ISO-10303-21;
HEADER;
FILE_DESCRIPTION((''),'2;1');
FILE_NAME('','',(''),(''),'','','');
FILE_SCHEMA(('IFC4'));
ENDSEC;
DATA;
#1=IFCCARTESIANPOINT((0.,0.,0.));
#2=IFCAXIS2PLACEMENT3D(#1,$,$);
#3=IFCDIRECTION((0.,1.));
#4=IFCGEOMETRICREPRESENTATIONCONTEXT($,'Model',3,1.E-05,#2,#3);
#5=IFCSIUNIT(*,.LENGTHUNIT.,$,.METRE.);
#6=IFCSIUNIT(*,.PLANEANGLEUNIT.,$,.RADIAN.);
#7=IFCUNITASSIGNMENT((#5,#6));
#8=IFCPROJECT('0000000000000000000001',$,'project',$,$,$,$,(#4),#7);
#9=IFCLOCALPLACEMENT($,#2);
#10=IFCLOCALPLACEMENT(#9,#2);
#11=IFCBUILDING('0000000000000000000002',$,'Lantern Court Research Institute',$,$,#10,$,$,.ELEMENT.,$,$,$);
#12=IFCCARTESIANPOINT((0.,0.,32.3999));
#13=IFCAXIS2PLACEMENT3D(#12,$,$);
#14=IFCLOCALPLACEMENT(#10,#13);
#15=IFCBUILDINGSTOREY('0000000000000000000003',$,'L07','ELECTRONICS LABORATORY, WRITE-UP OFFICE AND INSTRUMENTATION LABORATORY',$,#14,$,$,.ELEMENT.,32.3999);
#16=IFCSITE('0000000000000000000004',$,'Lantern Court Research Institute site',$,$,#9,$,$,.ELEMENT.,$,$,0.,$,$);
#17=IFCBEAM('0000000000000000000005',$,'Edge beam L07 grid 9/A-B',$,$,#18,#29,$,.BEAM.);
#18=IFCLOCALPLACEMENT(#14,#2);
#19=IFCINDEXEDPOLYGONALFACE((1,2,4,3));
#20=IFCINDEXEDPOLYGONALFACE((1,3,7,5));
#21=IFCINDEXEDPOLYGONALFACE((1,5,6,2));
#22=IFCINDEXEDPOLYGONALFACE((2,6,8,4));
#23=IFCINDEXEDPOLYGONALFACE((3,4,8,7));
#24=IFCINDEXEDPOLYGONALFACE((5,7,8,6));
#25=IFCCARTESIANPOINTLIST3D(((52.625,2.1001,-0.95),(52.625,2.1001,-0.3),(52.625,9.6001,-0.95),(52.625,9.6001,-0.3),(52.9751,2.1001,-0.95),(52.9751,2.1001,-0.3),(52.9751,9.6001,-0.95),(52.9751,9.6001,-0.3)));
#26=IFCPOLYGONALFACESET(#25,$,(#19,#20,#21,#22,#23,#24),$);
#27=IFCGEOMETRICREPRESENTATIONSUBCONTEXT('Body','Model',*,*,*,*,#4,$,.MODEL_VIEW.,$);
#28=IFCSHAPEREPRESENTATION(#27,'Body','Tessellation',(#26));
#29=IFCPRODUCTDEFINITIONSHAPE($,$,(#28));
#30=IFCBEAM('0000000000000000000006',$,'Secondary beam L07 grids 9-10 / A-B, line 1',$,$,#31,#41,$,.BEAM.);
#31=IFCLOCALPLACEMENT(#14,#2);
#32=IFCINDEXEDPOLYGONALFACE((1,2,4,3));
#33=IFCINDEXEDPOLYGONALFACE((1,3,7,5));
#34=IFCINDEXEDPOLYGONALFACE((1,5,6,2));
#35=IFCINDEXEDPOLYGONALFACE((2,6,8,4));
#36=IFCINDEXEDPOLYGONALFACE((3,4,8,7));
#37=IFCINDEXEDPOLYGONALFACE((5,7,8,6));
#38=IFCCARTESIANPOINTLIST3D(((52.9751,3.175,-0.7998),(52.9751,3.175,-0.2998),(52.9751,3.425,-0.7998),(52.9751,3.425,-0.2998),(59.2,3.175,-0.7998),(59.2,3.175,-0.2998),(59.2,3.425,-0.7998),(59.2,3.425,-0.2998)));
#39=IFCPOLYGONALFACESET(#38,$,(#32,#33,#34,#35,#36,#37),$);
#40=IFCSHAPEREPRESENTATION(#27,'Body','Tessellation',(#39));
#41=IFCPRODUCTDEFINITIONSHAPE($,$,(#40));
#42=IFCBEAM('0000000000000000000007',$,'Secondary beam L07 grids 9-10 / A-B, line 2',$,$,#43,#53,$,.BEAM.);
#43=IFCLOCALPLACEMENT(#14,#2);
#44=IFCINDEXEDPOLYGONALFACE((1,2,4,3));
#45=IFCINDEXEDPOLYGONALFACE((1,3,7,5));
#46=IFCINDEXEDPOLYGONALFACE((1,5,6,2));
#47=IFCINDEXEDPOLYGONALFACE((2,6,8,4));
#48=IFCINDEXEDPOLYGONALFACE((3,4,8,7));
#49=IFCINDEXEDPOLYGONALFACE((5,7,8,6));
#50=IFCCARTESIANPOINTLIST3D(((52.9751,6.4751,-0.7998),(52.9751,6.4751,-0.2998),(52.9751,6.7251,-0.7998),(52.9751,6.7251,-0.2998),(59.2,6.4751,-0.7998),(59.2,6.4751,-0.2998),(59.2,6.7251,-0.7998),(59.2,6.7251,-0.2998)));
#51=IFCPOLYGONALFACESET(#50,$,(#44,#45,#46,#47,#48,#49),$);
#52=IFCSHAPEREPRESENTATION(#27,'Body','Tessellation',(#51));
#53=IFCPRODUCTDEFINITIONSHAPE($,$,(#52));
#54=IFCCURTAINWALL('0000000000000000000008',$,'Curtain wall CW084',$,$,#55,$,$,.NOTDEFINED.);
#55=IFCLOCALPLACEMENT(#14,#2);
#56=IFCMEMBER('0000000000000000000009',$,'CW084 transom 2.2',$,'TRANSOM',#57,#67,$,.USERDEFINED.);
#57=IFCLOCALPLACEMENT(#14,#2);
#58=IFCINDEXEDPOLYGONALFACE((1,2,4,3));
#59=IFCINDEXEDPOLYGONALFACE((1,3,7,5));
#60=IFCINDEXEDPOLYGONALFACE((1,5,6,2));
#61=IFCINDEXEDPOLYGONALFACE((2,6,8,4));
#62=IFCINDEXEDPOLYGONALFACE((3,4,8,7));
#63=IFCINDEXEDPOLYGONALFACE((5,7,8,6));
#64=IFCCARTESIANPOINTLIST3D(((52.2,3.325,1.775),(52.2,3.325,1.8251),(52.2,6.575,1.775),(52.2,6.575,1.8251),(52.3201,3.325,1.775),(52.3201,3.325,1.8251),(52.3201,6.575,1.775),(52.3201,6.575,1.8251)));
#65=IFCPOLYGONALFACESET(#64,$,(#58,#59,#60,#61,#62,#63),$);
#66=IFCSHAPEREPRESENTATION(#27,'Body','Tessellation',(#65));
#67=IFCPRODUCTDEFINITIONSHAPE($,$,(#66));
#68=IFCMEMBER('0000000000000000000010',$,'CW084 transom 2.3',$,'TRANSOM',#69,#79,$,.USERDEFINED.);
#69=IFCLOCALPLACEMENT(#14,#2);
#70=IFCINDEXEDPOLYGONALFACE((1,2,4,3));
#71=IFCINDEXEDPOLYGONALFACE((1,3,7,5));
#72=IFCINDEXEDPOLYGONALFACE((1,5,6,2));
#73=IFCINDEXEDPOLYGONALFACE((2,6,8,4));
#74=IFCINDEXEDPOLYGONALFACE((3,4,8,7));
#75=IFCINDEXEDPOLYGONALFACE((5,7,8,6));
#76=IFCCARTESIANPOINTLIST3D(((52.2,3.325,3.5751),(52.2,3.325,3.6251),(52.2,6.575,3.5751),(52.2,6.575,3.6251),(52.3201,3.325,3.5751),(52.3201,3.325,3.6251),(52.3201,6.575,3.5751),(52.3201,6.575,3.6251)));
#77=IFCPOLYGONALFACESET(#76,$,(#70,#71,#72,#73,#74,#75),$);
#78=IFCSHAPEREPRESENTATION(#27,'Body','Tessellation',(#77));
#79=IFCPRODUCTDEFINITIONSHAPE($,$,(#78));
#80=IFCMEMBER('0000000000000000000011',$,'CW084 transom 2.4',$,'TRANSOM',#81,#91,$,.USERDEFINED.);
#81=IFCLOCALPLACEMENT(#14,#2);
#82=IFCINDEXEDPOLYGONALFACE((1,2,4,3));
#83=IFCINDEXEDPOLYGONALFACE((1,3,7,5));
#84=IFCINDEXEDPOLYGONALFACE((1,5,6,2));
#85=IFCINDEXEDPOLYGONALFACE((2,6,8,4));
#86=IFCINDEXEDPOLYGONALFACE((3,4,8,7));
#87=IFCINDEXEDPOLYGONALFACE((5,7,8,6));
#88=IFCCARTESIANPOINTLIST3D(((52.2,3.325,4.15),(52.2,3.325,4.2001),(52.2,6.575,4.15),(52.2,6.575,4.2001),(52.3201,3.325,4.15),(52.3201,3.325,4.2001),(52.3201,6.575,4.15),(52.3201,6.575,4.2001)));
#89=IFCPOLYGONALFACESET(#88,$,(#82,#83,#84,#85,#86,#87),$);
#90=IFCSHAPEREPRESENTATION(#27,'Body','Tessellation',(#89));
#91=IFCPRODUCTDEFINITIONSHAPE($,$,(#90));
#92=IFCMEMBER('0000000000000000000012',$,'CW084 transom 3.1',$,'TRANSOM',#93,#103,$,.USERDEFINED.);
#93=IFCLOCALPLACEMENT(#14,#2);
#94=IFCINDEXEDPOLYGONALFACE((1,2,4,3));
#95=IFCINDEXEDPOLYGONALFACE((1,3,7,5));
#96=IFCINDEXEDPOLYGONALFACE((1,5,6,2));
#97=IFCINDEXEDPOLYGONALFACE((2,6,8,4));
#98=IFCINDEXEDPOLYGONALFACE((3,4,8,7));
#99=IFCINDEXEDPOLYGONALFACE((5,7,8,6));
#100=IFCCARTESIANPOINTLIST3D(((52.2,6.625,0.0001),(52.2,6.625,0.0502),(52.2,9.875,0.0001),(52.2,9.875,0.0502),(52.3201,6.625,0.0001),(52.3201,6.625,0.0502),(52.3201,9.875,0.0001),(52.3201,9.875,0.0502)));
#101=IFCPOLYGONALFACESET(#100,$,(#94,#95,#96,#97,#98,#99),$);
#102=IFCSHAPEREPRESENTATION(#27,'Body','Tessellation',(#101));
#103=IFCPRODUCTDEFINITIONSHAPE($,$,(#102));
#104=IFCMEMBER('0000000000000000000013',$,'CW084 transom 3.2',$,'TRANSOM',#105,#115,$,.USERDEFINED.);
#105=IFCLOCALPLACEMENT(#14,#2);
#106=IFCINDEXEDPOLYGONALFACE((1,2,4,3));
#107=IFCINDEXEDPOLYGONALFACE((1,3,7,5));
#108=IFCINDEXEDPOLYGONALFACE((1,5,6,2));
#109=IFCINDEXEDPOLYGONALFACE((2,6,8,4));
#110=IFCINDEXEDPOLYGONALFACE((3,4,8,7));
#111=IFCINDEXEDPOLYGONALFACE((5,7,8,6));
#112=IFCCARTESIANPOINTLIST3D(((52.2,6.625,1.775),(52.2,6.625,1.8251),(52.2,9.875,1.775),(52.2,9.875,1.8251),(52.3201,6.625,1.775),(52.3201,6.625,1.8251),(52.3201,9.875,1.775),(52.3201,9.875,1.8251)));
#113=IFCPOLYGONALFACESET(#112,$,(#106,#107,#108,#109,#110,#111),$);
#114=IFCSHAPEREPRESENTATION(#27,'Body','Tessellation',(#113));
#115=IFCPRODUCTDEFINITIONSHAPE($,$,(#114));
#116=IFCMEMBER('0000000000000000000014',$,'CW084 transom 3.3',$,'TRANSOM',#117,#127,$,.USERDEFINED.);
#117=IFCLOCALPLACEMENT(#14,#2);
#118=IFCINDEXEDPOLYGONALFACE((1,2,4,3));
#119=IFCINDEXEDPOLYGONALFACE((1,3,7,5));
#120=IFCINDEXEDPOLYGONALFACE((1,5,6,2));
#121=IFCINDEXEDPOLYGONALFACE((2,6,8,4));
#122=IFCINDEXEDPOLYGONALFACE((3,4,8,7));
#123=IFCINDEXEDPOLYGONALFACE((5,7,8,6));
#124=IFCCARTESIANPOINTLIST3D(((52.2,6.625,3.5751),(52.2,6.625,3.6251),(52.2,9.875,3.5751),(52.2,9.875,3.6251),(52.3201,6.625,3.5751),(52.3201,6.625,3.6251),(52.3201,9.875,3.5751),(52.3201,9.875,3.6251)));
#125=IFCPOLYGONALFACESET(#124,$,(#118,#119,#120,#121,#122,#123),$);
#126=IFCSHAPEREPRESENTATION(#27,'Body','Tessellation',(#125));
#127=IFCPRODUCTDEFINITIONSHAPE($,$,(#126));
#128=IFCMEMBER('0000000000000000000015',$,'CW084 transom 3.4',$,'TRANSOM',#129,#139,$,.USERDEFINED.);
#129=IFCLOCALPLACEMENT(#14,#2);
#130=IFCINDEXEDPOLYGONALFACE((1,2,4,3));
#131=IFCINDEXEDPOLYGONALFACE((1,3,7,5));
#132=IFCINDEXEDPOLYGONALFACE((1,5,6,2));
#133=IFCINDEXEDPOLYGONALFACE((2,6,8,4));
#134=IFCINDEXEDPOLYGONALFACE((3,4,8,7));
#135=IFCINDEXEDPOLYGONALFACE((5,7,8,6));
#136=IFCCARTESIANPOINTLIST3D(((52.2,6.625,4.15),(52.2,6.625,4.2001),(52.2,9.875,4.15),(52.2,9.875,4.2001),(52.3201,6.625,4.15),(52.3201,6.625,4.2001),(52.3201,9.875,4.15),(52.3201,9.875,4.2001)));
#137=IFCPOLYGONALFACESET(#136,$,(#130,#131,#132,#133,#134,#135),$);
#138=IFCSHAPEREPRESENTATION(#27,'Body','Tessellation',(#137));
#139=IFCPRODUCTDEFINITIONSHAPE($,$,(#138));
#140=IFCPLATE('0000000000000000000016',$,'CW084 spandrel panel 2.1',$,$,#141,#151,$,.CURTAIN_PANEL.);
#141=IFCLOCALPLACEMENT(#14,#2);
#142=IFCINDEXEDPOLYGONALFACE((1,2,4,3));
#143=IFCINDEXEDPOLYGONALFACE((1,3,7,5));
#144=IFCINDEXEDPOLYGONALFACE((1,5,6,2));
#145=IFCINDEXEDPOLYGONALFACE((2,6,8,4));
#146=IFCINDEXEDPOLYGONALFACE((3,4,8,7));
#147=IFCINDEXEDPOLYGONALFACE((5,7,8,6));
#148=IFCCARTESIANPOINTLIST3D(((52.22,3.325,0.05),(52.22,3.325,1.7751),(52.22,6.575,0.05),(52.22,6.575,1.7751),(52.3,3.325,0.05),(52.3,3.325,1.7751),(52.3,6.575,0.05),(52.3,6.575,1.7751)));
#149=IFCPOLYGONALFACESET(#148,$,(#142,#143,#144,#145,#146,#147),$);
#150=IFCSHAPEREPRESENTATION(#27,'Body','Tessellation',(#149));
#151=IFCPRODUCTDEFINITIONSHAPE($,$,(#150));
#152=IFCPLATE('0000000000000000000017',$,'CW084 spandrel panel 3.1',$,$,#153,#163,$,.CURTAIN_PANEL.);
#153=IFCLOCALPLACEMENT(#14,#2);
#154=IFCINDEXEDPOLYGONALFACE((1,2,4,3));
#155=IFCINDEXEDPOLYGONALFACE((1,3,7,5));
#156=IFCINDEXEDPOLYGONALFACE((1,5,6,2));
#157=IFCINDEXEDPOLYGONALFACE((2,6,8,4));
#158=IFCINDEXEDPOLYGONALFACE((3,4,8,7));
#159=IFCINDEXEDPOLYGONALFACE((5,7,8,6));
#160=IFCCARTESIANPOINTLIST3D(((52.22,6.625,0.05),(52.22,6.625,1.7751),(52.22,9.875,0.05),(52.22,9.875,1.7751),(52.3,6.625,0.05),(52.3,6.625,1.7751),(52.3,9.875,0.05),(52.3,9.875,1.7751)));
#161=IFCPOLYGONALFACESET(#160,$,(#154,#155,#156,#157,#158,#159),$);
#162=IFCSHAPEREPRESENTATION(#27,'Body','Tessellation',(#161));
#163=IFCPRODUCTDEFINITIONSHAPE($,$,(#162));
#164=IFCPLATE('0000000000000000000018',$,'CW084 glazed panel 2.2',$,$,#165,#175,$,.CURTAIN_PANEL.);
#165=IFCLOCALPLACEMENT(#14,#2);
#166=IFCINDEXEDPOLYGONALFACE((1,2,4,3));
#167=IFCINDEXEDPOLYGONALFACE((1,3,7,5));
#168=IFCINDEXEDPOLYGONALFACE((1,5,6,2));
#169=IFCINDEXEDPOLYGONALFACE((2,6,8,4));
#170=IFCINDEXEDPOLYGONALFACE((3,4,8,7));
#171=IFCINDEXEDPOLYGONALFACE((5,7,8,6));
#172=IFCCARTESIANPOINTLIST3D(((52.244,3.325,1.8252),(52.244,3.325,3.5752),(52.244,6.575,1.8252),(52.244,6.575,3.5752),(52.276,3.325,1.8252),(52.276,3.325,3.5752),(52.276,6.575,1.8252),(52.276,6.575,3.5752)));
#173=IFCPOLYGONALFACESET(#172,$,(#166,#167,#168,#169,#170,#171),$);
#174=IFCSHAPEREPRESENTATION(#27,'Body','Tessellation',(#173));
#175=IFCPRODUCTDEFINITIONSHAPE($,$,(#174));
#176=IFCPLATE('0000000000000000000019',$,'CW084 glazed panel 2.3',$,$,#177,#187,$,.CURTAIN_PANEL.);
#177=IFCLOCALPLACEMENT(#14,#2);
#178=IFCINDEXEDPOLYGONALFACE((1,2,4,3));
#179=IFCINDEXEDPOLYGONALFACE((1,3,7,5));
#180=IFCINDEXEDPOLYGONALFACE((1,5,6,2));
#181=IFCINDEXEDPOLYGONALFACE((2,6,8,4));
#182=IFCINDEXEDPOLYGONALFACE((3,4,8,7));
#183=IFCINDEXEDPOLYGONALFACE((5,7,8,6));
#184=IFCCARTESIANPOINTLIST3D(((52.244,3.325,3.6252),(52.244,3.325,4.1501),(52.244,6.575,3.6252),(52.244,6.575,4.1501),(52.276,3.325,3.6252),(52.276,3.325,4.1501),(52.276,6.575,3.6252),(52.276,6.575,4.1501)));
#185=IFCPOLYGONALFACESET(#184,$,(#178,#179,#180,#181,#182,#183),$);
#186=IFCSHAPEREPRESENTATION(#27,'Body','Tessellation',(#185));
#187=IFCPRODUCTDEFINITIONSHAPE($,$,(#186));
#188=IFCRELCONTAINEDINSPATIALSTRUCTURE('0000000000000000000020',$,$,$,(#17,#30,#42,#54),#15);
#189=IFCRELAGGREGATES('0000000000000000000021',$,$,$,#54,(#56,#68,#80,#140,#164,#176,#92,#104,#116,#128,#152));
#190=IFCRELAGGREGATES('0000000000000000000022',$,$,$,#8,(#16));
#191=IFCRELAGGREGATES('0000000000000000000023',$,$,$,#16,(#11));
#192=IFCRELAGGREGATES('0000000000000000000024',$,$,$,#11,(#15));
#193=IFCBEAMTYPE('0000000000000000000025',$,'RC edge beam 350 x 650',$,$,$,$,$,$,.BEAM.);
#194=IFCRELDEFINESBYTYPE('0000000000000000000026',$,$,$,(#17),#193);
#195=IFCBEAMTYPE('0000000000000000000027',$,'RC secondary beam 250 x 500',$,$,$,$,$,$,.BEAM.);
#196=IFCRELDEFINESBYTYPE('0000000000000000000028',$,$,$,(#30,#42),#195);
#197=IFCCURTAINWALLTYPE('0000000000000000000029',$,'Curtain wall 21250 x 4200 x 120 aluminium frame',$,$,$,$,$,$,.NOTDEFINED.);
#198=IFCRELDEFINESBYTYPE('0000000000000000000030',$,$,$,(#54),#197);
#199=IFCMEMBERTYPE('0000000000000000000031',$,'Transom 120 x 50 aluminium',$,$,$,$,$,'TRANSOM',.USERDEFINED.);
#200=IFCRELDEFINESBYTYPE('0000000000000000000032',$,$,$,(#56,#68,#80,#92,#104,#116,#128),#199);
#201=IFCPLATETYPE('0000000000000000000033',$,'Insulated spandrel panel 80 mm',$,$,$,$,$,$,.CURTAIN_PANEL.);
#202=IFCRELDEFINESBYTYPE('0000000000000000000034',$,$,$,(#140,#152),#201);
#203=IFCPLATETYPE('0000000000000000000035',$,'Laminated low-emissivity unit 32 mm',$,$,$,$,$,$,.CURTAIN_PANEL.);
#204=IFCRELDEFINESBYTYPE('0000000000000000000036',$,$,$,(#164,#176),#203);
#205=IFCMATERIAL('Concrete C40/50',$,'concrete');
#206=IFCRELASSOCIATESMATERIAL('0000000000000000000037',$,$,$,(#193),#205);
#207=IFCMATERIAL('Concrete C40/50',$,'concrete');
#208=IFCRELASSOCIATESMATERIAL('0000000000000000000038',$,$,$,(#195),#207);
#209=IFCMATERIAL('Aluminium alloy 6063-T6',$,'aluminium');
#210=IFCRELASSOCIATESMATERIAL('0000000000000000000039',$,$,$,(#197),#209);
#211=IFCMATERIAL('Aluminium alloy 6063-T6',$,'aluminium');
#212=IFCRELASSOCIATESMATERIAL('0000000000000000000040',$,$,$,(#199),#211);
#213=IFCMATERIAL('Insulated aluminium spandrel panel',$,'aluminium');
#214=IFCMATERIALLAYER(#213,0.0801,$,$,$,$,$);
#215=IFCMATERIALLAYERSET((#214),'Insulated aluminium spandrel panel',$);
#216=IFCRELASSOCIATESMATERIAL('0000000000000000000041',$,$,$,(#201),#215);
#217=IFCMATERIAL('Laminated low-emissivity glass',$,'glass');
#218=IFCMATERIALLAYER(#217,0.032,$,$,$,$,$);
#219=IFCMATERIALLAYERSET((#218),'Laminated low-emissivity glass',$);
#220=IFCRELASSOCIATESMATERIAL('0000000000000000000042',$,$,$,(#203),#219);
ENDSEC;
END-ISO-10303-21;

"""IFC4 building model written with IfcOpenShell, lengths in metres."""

from ifc_helpers import new_model, si_unit, direction, frame, origin, origin_2d, place, context, subcontext, project, spatial, rectangle, extrude, material, layer, layer_set, material_profile, profile_set, type_object, element, aggregate, save


model = new_model("IFC4")

# Units and contexts
model_context = context("Model", 3, precision=1e-05, world=origin(), true_north=direction((0.0, 1.0)))
body_context = subcontext(model_context, "Body", "Model", "MODEL_VIEW")
ifc_project = project(units=[si_unit("LENGTHUNIT", "METRE"), si_unit("PLANEANGLEUNIT", "RADIAN")], contexts=[model_context])

# Site, building, storey
site_placement = place(None, origin())
site = spatial("IfcSite", under=ifc_project, at=site_placement, Name="Lantern Court Research Institute site", CompositionType="ELEMENT", RefElevation=0.0)
building_placement = place(site_placement, origin())
building = spatial("IfcBuilding", under=site, at=building_placement, Name="Lantern Court Research Institute", CompositionType="ELEMENT")
storey_placement = place(building_placement, frame((0.0, 0.0, 32.3999)))
storey = spatial("IfcBuildingStorey", under=building, at=storey_placement, Name="L07", Description="ELECTRONICS LABORATORY, WRITE-UP OFFICE AND INSTRUMENTATION LABORATORY", CompositionType="ELEMENT", Elevation=32.3999)

# Beams
ifc_material_1 = material(Name="Concrete C40/50", Category="concrete")
ifc_material_profile_1 = material_profile(ifc_material_1, rectangle(XDim=0.3501, YDim=0.6499, at=origin_2d()), Name="RC beam 350 x 650")
ifc_profile_set_1 = profile_set([ifc_material_profile_1], Name="Concrete C40/50")
beam_type_1 = type_object("IfcBeamType", Name="RC edge beam 350 x 650", PredefinedType="BEAM", material=ifc_profile_set_1)
beam_placement = place(storey_placement, frame((52.8, 2.1001, -0.625), z_axis=(0.0, 1.0, 0.0), x_axis=(-1.0, 0.0, 0.0)))
element("IfcBeam", 1, at=beam_placement, inside=storey, type_object=beam_type_1, Name="Edge beam L07 grid 9/A-B", PredefinedType="BEAM", context=body_context, shape_type="SweptSolid", body=[
    extrude(rectangle(XDim=0.3501, YDim=0.6499, at=origin_2d()), origin(), (0.0, 0.0, 1.0), 7.5),
])
ifc_material_2 = material(Name="Concrete C40/50", Category="concrete")
ifc_material_profile_2 = material_profile(ifc_material_2, rectangle(XDim=0.25, YDim=0.5, at=origin_2d()), Name="RC beam 250 x 500")
ifc_profile_set_2 = profile_set([ifc_material_profile_2], Name="Concrete C40/50")
beam_type_2 = type_object("IfcBeamType", Name="RC secondary beam 250 x 500", PredefinedType="BEAM", material=ifc_profile_set_2)
for number, where, z_axis, x_axis, name in (
    (2, (52.9751, 3.3, -0.5498), (1.0, 0.0, 0.0), (0.0, 1.0, 0.0), "Secondary beam L07 grids 9-10 / A-B, line 1"),
    (3, (52.9751, 6.6001, -0.5498), (1.0, 0.0, 0.0), (0.0, 1.0, 0.0), "Secondary beam L07 grids 9-10 / A-B, line 2"),
):
    element("IfcBeam", number, at=place(storey_placement, frame(where, z_axis=z_axis, x_axis=x_axis)), inside=storey, type_object=beam_type_2, Name=name, PredefinedType="BEAM", context=body_context, shape_type="SweptSolid", body=[
        extrude(rectangle(XDim=0.25, YDim=0.5, at=origin_2d()), origin(), (0.0, 0.0, 1.0), 6.2249),
    ])

# Curtain wall, members, plates
ifc_material_3 = material(Name="Aluminium alloy 6063-T6", Category="aluminium")
curtain_wall_type = type_object("IfcCurtainWallType", Name="Curtain wall 21250 x 4200 x 120 aluminium frame", PredefinedType="NOTDEFINED", material=ifc_material_3)
curtain_wall_placement = place(storey_placement, origin())
curtain_wall = element("IfcCurtainWall", 4, at=curtain_wall_placement, inside=storey, type_object=curtain_wall_type, Name="Curtain wall CW084", PredefinedType="NOTDEFINED")
ifc_material_4 = material(Name="Aluminium alloy 6063-T6", Category="aluminium")
ifc_material_profile_3 = material_profile(ifc_material_4, rectangle(XDim=0.1201, YDim=0.05, at=origin_2d()), Name="Transom 120 x 50")
ifc_profile_set_3 = profile_set([ifc_material_profile_3], Name="Aluminium alloy 6063-T6")
member_type = type_object("IfcMemberType", Name="Transom 120 x 50 aluminium", ElementType="TRANSOM", PredefinedType="USERDEFINED", material=ifc_profile_set_3)
member_1_placement = place(storey_placement, frame((52.26, 3.325, 1.8), z_axis=(0.0, 1.0, 0.0), x_axis=(-1.0, 0.0, 0.0)))
member_1 = element("IfcMember", 5, at=member_1_placement, type_object=member_type, Name="CW084 transom 2.2", ObjectType="TRANSOM", PredefinedType="USERDEFINED", context=body_context, shape_type="SweptSolid", body=[
    extrude(rectangle(XDim=0.1201, YDim=0.05, at=origin_2d()), origin(), (0.0, 0.0, 1.0), 3.25),
])
member_2_placement = place(storey_placement, frame((52.26, 3.325, 3.6001), z_axis=(0.0, 1.0, 0.0), x_axis=(-1.0, 0.0, 0.0)))
member_2 = element("IfcMember", 6, at=member_2_placement, type_object=member_type, Name="CW084 transom 2.3", ObjectType="TRANSOM", PredefinedType="USERDEFINED", context=body_context, shape_type="SweptSolid", body=[
    extrude(rectangle(XDim=0.1201, YDim=0.05, at=origin_2d()), origin(), (0.0, 0.0, 1.0), 3.25),
])
member_3_placement = place(storey_placement, frame((52.26, 3.325, 4.175), z_axis=(0.0, 1.0, 0.0), x_axis=(-1.0, 0.0, 0.0)))
member_3 = element("IfcMember", 7, at=member_3_placement, type_object=member_type, Name="CW084 transom 2.4", ObjectType="TRANSOM", PredefinedType="USERDEFINED", context=body_context, shape_type="SweptSolid", body=[
    extrude(rectangle(XDim=0.1201, YDim=0.05, at=origin_2d()), origin(), (0.0, 0.0, 1.0), 3.25),
])
member_4_placement = place(storey_placement, frame((52.26, 6.625, 0.0251), z_axis=(0.0, 1.0, 0.0), x_axis=(-1.0, 0.0, 0.0)))
member_4 = element("IfcMember", 8, at=member_4_placement, type_object=member_type, Name="CW084 transom 3.1", ObjectType="TRANSOM", PredefinedType="USERDEFINED", context=body_context, shape_type="SweptSolid", body=[
    extrude(rectangle(XDim=0.1201, YDim=0.05, at=origin_2d()), origin(), (0.0, 0.0, 1.0), 3.25),
])
member_5_placement = place(storey_placement, frame((52.26, 6.625, 1.8), z_axis=(0.0, 1.0, 0.0), x_axis=(-1.0, 0.0, 0.0)))
member_5 = element("IfcMember", 9, at=member_5_placement, type_object=member_type, Name="CW084 transom 3.2", ObjectType="TRANSOM", PredefinedType="USERDEFINED", context=body_context, shape_type="SweptSolid", body=[
    extrude(rectangle(XDim=0.1201, YDim=0.05, at=origin_2d()), origin(), (0.0, 0.0, 1.0), 3.25),
])
member_6_placement = place(storey_placement, frame((52.26, 6.625, 3.6001), z_axis=(0.0, 1.0, 0.0), x_axis=(-1.0, 0.0, 0.0)))
member_6 = element("IfcMember", 10, at=member_6_placement, type_object=member_type, Name="CW084 transom 3.3", ObjectType="TRANSOM", PredefinedType="USERDEFINED", context=body_context, shape_type="SweptSolid", body=[
    extrude(rectangle(XDim=0.1201, YDim=0.05, at=origin_2d()), origin(), (0.0, 0.0, 1.0), 3.25),
])
member_7_placement = place(storey_placement, frame((52.26, 6.625, 4.175), z_axis=(0.0, 1.0, 0.0), x_axis=(-1.0, 0.0, 0.0)))
member_7 = element("IfcMember", 11, at=member_7_placement, type_object=member_type, Name="CW084 transom 3.4", ObjectType="TRANSOM", PredefinedType="USERDEFINED", context=body_context, shape_type="SweptSolid", body=[
    extrude(rectangle(XDim=0.1201, YDim=0.05, at=origin_2d()), origin(), (0.0, 0.0, 1.0), 3.25),
])
ifc_material_5 = material(Name="Insulated aluminium spandrel panel", Category="aluminium")
ifc_layer_1 = layer(ifc_material_5, 0.0801)
ifc_layer_set_1 = layer_set([ifc_layer_1], Name="Insulated aluminium spandrel panel")
plate_type_1 = type_object("IfcPlateType", Name="Insulated spandrel panel 80 mm", PredefinedType="CURTAIN_PANEL", material=ifc_layer_set_1)
plate_1_placement = place(storey_placement, frame((52.26, 4.95, 0.05), z_axis=(0.0, 0.0, 1.0), x_axis=(0.0, 1.0, 0.0)))
plate_1 = element("IfcPlate", 12, at=plate_1_placement, type_object=plate_type_1, Name="CW084 spandrel panel 2.1", PredefinedType="CURTAIN_PANEL", context=body_context, shape_type="SweptSolid", body=[
    extrude(rectangle(XDim=3.25, YDim=0.0801, at=origin_2d()), origin(), (0.0, 0.0, 1.0), 1.7251),
])
plate_2_placement = place(storey_placement, frame((52.26, 8.25, 0.05), z_axis=(0.0, 0.0, 1.0), x_axis=(0.0, 1.0, 0.0)))
plate_2 = element("IfcPlate", 13, at=plate_2_placement, type_object=plate_type_1, Name="CW084 spandrel panel 3.1", PredefinedType="CURTAIN_PANEL", context=body_context, shape_type="SweptSolid", body=[
    extrude(rectangle(XDim=3.25, YDim=0.0801, at=origin_2d()), origin(), (0.0, 0.0, 1.0), 1.7251),
])
ifc_material_6 = material(Name="Laminated low-emissivity glass", Category="glass")
ifc_layer_2 = layer(ifc_material_6, 0.032)
ifc_layer_set_2 = layer_set([ifc_layer_2], Name="Laminated low-emissivity glass")
plate_type_2 = type_object("IfcPlateType", Name="Laminated low-emissivity unit 32 mm", PredefinedType="CURTAIN_PANEL", material=ifc_layer_set_2)
plate_3_placement = place(storey_placement, frame((52.26, 4.95, 1.8252), z_axis=(0.0, 0.0, 1.0), x_axis=(0.0, 1.0, 0.0)))
plate_3 = element("IfcPlate", 14, at=plate_3_placement, type_object=plate_type_2, Name="CW084 glazed panel 2.2", PredefinedType="CURTAIN_PANEL", context=body_context, shape_type="SweptSolid", body=[
    extrude(rectangle(XDim=3.25, YDim=0.032, at=origin_2d()), origin(), (0.0, 0.0, 1.0), 1.75),
])
plate_4_placement = place(storey_placement, frame((52.26, 4.95, 3.6252), z_axis=(0.0, 0.0, 1.0), x_axis=(0.0, 1.0, 0.0)))
plate_4 = element("IfcPlate", 15, at=plate_4_placement, type_object=plate_type_2, Name="CW084 glazed panel 2.3", PredefinedType="CURTAIN_PANEL", context=body_context, shape_type="SweptSolid", body=[
    extrude(rectangle(XDim=3.25, YDim=0.032, at=origin_2d()), origin(), (0.0, 0.0, 1.0), 0.5249),
])
aggregate(curtain_wall, [member_1, member_2, member_3, plate_1, plate_3, plate_4, member_4, member_5, member_6, member_7, plate_2])

save(model, "model.ifc")
